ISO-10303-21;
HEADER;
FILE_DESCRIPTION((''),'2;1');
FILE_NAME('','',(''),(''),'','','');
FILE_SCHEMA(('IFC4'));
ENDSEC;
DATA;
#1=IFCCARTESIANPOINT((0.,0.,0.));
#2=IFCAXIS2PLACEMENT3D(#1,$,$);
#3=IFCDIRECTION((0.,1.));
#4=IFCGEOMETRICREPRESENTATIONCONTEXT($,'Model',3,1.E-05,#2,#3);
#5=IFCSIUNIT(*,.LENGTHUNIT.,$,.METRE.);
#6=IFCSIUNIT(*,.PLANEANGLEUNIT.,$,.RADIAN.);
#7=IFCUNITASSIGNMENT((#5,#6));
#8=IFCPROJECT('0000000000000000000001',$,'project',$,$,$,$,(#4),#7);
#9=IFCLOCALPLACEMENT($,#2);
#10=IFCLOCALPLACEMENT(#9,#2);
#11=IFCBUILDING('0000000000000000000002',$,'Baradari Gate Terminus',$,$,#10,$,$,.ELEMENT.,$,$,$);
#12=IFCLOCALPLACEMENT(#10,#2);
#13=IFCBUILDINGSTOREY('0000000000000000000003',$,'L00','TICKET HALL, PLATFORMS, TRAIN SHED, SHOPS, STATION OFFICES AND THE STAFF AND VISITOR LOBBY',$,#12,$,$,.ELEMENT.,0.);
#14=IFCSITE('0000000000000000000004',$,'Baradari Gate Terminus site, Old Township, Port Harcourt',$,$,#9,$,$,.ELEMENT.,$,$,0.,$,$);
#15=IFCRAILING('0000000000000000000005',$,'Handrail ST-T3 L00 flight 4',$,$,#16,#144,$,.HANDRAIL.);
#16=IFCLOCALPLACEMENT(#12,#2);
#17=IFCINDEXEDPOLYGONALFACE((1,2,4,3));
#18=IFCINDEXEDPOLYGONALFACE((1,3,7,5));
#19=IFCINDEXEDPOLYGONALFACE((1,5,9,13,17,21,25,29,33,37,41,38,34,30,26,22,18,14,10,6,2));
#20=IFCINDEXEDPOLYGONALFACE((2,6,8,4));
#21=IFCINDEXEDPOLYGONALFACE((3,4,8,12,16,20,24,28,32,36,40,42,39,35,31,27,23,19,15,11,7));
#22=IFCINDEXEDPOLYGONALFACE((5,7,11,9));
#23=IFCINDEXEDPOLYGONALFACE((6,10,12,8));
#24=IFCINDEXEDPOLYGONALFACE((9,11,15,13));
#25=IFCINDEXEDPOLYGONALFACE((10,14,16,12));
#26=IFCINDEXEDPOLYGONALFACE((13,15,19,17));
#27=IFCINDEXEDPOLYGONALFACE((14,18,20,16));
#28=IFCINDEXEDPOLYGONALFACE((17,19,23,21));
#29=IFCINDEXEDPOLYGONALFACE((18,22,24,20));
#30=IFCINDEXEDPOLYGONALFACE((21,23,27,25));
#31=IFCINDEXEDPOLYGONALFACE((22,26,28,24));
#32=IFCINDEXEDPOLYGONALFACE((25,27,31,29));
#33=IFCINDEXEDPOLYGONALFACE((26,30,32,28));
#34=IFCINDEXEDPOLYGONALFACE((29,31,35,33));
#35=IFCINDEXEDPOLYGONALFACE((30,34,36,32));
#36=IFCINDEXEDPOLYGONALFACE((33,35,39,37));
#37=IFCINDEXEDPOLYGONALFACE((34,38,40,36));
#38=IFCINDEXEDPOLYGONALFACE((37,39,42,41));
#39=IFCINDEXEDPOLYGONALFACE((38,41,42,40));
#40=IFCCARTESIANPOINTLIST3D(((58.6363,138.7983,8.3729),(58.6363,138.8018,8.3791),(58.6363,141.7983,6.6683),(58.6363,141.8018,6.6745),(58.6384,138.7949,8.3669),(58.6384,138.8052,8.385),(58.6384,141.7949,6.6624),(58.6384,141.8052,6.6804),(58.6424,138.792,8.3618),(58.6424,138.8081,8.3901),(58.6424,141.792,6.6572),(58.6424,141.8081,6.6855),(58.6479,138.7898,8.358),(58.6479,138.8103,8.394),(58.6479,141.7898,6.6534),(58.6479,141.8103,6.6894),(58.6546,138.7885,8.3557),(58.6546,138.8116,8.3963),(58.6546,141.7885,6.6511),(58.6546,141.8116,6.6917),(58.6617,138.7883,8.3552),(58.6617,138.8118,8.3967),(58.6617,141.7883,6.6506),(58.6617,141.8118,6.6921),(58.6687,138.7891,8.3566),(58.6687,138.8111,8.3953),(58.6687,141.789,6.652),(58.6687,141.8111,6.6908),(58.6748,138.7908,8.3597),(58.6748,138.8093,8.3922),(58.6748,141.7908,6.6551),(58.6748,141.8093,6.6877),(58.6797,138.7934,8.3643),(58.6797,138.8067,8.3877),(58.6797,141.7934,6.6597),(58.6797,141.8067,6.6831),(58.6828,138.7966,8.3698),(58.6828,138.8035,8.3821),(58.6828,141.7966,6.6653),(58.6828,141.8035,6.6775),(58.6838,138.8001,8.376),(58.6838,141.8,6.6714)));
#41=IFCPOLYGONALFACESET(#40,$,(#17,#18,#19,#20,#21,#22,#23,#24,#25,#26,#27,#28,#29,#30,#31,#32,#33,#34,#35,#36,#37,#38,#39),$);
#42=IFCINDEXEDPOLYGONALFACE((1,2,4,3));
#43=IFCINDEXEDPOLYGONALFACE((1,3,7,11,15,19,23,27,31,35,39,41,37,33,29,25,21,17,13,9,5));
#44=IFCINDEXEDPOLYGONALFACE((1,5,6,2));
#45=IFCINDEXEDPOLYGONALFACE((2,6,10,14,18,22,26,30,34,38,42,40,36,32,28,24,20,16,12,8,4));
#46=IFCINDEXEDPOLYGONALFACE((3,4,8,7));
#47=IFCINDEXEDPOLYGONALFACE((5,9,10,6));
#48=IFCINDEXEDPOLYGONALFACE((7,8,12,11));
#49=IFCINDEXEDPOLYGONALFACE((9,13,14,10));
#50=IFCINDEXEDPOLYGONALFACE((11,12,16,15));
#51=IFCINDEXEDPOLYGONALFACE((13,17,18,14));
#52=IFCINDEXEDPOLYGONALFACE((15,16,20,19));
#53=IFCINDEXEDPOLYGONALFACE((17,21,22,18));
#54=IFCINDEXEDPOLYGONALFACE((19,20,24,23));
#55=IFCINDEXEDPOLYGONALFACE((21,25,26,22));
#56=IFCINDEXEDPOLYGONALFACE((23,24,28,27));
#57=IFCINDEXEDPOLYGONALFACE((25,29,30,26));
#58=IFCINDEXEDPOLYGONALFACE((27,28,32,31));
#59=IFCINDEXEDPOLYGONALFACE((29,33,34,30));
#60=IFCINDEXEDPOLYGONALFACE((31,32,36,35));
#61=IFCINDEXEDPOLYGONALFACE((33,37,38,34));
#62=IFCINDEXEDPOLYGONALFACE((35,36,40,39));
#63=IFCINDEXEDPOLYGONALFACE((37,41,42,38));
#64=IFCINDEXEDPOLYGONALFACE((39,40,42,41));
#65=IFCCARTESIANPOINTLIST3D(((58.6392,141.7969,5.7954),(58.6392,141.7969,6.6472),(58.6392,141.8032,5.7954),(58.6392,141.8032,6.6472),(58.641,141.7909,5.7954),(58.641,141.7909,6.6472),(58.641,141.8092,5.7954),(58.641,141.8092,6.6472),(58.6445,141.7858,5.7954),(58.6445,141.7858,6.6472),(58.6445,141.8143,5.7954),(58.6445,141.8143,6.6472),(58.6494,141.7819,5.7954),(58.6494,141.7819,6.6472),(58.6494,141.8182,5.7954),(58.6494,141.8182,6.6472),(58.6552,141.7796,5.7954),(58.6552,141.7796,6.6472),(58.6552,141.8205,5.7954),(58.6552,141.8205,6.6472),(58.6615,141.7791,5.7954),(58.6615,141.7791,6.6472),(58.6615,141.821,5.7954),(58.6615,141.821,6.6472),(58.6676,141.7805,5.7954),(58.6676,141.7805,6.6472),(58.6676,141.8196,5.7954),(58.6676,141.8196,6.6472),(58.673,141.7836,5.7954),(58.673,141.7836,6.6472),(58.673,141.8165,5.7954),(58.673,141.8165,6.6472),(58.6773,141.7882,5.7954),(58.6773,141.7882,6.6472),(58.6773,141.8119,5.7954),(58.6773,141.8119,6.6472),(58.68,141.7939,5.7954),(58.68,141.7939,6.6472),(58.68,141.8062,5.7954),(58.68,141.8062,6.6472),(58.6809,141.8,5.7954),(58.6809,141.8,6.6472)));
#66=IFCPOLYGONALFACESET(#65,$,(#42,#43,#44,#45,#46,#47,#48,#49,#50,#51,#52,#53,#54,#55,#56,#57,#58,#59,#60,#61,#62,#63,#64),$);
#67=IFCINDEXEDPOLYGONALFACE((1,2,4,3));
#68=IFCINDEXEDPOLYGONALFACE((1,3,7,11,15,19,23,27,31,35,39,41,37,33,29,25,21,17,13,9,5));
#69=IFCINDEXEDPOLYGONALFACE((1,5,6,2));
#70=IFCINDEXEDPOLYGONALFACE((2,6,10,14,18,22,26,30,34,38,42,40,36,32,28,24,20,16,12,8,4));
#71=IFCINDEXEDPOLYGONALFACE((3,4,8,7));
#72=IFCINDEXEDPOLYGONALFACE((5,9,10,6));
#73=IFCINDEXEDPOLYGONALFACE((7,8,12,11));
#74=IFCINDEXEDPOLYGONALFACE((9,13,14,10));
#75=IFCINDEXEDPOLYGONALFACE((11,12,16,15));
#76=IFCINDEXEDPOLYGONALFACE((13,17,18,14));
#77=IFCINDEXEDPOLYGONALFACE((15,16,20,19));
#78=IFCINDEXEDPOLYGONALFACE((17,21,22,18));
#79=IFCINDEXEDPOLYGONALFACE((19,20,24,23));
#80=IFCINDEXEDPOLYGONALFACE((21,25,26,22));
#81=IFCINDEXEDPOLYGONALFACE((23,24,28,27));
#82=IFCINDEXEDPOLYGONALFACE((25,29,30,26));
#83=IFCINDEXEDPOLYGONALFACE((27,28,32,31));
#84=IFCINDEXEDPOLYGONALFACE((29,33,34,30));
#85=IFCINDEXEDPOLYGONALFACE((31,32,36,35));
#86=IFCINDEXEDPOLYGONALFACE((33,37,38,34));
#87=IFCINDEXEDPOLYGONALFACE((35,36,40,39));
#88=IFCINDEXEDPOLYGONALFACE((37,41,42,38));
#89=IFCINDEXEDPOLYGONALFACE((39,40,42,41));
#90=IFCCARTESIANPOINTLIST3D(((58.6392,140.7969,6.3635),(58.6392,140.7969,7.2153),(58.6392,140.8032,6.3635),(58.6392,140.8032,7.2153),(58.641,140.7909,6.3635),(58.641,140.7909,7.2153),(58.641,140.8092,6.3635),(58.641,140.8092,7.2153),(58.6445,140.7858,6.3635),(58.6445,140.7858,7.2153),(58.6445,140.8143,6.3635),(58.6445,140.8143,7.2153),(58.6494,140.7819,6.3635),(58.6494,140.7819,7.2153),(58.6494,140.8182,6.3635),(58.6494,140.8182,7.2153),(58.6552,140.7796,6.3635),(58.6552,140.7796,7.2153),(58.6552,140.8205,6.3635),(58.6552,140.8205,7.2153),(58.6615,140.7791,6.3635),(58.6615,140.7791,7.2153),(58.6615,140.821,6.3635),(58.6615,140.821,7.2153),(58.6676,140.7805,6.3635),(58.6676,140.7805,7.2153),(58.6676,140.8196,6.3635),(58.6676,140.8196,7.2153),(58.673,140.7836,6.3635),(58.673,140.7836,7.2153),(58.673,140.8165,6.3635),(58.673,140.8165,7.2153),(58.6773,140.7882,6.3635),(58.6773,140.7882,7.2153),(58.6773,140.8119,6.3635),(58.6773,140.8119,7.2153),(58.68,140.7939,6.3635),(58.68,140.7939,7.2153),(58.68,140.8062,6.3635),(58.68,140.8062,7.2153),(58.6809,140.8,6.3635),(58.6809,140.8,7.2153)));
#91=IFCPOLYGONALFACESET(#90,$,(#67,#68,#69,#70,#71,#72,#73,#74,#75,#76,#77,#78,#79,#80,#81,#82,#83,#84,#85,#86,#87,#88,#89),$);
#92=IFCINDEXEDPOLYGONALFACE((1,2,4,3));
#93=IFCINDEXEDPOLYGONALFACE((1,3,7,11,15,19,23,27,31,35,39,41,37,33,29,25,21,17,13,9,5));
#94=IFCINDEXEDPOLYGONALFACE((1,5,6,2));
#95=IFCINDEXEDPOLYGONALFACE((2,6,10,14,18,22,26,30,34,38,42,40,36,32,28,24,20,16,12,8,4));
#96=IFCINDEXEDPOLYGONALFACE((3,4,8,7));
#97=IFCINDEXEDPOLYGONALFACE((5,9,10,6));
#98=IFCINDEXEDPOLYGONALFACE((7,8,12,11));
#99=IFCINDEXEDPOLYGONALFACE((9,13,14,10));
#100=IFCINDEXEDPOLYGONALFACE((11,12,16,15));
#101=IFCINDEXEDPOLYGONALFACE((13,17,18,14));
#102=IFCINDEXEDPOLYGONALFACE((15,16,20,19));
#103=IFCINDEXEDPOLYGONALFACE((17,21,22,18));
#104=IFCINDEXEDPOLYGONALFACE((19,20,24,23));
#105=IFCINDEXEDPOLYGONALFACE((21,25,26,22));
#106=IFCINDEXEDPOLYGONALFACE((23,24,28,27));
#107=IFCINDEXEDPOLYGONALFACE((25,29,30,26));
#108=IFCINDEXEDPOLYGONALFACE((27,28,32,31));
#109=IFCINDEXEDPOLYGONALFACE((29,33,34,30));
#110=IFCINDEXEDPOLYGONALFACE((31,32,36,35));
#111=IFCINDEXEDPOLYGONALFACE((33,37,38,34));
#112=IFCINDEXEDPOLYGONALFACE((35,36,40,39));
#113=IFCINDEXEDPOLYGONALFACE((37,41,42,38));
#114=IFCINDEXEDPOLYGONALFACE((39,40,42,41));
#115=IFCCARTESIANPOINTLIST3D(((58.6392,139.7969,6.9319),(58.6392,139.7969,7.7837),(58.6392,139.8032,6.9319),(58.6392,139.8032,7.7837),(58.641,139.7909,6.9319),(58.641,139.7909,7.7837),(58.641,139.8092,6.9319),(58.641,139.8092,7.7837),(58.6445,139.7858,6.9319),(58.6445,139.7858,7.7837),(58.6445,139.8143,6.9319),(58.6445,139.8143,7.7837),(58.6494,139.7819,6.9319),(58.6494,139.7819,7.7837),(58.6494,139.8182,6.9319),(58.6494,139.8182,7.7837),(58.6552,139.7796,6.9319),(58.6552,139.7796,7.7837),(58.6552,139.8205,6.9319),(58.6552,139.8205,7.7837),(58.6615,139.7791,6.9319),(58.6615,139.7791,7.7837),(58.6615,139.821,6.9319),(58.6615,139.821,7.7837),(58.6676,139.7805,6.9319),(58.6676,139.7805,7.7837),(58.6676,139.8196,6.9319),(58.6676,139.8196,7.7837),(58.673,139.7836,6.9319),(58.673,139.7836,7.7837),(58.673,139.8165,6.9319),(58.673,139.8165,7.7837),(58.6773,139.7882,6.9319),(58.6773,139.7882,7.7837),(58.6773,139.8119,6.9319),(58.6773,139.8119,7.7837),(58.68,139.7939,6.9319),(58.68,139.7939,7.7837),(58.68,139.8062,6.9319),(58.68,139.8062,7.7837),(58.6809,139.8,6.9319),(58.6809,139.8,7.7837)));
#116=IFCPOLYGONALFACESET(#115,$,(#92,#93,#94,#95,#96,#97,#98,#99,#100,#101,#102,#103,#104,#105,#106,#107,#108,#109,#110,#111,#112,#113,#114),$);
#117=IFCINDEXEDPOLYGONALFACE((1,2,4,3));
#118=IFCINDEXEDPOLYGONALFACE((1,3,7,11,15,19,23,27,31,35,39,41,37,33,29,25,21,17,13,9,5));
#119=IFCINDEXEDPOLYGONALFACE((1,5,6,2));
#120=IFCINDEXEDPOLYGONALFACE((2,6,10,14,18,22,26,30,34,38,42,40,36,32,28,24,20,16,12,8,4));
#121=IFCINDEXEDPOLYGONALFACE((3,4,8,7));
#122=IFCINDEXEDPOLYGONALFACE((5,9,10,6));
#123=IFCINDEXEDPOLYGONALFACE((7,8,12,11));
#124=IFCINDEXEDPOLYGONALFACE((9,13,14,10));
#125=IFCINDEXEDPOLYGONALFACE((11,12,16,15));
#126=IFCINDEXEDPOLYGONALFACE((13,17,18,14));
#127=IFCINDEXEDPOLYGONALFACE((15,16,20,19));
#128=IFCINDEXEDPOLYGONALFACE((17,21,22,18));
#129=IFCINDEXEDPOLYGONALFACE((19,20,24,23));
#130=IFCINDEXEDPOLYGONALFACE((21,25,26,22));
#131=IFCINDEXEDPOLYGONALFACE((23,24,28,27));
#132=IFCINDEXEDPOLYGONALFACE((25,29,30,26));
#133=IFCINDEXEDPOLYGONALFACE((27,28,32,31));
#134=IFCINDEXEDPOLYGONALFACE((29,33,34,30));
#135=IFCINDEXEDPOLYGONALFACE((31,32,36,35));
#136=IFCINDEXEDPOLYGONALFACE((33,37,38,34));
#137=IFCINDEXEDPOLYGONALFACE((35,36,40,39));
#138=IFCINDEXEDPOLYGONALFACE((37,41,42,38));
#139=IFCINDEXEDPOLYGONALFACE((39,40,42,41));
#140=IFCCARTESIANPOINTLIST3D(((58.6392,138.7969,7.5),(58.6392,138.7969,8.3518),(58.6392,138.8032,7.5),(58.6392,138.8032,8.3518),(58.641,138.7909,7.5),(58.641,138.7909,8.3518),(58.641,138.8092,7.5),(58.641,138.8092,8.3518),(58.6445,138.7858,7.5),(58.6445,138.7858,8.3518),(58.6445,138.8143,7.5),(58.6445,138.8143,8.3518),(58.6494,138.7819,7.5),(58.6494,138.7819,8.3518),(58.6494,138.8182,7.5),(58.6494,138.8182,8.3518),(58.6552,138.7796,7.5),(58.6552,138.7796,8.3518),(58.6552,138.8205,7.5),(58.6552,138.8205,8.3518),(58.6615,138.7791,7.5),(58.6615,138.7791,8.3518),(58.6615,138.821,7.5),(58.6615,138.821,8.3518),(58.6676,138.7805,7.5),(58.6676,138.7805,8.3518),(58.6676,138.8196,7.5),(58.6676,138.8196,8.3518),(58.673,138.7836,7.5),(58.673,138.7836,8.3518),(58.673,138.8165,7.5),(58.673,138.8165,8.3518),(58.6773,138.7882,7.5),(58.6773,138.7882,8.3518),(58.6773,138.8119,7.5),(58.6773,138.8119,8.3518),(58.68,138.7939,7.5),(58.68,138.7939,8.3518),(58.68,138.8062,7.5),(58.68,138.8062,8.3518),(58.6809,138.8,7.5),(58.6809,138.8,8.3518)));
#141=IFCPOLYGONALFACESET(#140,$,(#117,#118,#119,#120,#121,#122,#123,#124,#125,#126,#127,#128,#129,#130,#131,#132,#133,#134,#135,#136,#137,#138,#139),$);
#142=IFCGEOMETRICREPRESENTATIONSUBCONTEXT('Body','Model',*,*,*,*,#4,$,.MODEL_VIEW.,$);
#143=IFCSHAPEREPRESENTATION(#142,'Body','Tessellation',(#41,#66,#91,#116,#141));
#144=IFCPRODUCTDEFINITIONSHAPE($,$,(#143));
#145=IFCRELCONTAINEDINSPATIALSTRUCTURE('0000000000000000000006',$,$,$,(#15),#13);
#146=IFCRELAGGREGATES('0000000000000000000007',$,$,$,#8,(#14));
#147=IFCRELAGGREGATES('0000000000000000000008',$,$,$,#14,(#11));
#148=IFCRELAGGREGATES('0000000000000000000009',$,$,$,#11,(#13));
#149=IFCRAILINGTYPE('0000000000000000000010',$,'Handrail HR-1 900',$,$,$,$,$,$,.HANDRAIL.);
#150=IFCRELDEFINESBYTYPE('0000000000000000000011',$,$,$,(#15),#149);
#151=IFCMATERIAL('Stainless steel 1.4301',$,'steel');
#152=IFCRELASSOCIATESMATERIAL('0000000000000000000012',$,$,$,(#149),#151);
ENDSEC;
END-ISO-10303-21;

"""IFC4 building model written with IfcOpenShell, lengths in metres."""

from ifc_helpers import new_model, si_unit, direction, frame, origin, origin_2d, place, context, subcontext, project, spatial, circle, extrude, material, type_object, element, save


model = new_model("IFC4")

# Units and contexts
model_context = context("Model", 3, precision=1e-05, world=origin(), true_north=direction((0.0, 1.0)))
body_context = subcontext(model_context, "Body", "Model", "MODEL_VIEW")
ifc_project = project(units=[si_unit("LENGTHUNIT", "METRE"), si_unit("PLANEANGLEUNIT", "RADIAN")], contexts=[model_context])

# Site, building, storey
site_placement = place(None, origin())
site = spatial("IfcSite", under=ifc_project, at=site_placement, Name="Baradari Gate Terminus site, Old Township, Port Harcourt", CompositionType="ELEMENT", RefElevation=0.0)
building_placement = place(site_placement, origin())
building = spatial("IfcBuilding", under=site, at=building_placement, Name="Baradari Gate Terminus", CompositionType="ELEMENT")
storey_placement = place(building_placement, origin())
storey = spatial("IfcBuildingStorey", under=building, at=storey_placement, Name="L00", Description="TICKET HALL, PLATFORMS, TRAIN SHED, SHOPS, STATION OFFICES AND THE STAFF AND VISITOR LOBBY", CompositionType="ELEMENT", Elevation=0.0)

# Railing
ifc_material_1 = material(Name="Stainless steel 1.4301", Category="steel")
railing_type_1 = type_object("IfcRailingType", Name="Handrail HR-1 900", PredefinedType="HANDRAIL", material=ifc_material_1)
for number, where, name in (
    (1, (58.6599, 141.8, 5.7954), "Handrail ST-T3 L00 flight 4"),
):
    element("IfcRailing", number, at=place(storey_placement, frame(where)), inside=storey, type_object=railing_type_1, Name=name, PredefinedType="HANDRAIL", context=body_context, shape_type="SweptSolid", body=[
        extrude(circle(Radius=0.0239, at=origin_2d()), frame((0.0, 0.0, 0.876), z_axis=(0.0, -0.869451, 0.494019), x_axis=(1.0, 0.0, 0.0)), (0.0, 0.0, 1.0), 3.4504),
        extrude(circle(Radius=0.021, at=origin_2d()), origin(), (0.0, 0.0, 1.0), 0.8518),
        extrude(circle(Radius=0.021, at=origin_2d()), frame((0.0, -1.0, 0.5681)), (0.0, 0.0, 1.0), 0.8518),
        extrude(circle(Radius=0.021, at=origin_2d()), frame((0.0, -2.0, 1.1365)), (0.0, 0.0, 1.0), 0.8518),
        extrude(circle(Radius=0.021, at=origin_2d()), frame((0.0, -3.0, 1.7046)), (0.0, 0.0, 1.0), 0.8518),
    ])

save(model, "model.ifc")
